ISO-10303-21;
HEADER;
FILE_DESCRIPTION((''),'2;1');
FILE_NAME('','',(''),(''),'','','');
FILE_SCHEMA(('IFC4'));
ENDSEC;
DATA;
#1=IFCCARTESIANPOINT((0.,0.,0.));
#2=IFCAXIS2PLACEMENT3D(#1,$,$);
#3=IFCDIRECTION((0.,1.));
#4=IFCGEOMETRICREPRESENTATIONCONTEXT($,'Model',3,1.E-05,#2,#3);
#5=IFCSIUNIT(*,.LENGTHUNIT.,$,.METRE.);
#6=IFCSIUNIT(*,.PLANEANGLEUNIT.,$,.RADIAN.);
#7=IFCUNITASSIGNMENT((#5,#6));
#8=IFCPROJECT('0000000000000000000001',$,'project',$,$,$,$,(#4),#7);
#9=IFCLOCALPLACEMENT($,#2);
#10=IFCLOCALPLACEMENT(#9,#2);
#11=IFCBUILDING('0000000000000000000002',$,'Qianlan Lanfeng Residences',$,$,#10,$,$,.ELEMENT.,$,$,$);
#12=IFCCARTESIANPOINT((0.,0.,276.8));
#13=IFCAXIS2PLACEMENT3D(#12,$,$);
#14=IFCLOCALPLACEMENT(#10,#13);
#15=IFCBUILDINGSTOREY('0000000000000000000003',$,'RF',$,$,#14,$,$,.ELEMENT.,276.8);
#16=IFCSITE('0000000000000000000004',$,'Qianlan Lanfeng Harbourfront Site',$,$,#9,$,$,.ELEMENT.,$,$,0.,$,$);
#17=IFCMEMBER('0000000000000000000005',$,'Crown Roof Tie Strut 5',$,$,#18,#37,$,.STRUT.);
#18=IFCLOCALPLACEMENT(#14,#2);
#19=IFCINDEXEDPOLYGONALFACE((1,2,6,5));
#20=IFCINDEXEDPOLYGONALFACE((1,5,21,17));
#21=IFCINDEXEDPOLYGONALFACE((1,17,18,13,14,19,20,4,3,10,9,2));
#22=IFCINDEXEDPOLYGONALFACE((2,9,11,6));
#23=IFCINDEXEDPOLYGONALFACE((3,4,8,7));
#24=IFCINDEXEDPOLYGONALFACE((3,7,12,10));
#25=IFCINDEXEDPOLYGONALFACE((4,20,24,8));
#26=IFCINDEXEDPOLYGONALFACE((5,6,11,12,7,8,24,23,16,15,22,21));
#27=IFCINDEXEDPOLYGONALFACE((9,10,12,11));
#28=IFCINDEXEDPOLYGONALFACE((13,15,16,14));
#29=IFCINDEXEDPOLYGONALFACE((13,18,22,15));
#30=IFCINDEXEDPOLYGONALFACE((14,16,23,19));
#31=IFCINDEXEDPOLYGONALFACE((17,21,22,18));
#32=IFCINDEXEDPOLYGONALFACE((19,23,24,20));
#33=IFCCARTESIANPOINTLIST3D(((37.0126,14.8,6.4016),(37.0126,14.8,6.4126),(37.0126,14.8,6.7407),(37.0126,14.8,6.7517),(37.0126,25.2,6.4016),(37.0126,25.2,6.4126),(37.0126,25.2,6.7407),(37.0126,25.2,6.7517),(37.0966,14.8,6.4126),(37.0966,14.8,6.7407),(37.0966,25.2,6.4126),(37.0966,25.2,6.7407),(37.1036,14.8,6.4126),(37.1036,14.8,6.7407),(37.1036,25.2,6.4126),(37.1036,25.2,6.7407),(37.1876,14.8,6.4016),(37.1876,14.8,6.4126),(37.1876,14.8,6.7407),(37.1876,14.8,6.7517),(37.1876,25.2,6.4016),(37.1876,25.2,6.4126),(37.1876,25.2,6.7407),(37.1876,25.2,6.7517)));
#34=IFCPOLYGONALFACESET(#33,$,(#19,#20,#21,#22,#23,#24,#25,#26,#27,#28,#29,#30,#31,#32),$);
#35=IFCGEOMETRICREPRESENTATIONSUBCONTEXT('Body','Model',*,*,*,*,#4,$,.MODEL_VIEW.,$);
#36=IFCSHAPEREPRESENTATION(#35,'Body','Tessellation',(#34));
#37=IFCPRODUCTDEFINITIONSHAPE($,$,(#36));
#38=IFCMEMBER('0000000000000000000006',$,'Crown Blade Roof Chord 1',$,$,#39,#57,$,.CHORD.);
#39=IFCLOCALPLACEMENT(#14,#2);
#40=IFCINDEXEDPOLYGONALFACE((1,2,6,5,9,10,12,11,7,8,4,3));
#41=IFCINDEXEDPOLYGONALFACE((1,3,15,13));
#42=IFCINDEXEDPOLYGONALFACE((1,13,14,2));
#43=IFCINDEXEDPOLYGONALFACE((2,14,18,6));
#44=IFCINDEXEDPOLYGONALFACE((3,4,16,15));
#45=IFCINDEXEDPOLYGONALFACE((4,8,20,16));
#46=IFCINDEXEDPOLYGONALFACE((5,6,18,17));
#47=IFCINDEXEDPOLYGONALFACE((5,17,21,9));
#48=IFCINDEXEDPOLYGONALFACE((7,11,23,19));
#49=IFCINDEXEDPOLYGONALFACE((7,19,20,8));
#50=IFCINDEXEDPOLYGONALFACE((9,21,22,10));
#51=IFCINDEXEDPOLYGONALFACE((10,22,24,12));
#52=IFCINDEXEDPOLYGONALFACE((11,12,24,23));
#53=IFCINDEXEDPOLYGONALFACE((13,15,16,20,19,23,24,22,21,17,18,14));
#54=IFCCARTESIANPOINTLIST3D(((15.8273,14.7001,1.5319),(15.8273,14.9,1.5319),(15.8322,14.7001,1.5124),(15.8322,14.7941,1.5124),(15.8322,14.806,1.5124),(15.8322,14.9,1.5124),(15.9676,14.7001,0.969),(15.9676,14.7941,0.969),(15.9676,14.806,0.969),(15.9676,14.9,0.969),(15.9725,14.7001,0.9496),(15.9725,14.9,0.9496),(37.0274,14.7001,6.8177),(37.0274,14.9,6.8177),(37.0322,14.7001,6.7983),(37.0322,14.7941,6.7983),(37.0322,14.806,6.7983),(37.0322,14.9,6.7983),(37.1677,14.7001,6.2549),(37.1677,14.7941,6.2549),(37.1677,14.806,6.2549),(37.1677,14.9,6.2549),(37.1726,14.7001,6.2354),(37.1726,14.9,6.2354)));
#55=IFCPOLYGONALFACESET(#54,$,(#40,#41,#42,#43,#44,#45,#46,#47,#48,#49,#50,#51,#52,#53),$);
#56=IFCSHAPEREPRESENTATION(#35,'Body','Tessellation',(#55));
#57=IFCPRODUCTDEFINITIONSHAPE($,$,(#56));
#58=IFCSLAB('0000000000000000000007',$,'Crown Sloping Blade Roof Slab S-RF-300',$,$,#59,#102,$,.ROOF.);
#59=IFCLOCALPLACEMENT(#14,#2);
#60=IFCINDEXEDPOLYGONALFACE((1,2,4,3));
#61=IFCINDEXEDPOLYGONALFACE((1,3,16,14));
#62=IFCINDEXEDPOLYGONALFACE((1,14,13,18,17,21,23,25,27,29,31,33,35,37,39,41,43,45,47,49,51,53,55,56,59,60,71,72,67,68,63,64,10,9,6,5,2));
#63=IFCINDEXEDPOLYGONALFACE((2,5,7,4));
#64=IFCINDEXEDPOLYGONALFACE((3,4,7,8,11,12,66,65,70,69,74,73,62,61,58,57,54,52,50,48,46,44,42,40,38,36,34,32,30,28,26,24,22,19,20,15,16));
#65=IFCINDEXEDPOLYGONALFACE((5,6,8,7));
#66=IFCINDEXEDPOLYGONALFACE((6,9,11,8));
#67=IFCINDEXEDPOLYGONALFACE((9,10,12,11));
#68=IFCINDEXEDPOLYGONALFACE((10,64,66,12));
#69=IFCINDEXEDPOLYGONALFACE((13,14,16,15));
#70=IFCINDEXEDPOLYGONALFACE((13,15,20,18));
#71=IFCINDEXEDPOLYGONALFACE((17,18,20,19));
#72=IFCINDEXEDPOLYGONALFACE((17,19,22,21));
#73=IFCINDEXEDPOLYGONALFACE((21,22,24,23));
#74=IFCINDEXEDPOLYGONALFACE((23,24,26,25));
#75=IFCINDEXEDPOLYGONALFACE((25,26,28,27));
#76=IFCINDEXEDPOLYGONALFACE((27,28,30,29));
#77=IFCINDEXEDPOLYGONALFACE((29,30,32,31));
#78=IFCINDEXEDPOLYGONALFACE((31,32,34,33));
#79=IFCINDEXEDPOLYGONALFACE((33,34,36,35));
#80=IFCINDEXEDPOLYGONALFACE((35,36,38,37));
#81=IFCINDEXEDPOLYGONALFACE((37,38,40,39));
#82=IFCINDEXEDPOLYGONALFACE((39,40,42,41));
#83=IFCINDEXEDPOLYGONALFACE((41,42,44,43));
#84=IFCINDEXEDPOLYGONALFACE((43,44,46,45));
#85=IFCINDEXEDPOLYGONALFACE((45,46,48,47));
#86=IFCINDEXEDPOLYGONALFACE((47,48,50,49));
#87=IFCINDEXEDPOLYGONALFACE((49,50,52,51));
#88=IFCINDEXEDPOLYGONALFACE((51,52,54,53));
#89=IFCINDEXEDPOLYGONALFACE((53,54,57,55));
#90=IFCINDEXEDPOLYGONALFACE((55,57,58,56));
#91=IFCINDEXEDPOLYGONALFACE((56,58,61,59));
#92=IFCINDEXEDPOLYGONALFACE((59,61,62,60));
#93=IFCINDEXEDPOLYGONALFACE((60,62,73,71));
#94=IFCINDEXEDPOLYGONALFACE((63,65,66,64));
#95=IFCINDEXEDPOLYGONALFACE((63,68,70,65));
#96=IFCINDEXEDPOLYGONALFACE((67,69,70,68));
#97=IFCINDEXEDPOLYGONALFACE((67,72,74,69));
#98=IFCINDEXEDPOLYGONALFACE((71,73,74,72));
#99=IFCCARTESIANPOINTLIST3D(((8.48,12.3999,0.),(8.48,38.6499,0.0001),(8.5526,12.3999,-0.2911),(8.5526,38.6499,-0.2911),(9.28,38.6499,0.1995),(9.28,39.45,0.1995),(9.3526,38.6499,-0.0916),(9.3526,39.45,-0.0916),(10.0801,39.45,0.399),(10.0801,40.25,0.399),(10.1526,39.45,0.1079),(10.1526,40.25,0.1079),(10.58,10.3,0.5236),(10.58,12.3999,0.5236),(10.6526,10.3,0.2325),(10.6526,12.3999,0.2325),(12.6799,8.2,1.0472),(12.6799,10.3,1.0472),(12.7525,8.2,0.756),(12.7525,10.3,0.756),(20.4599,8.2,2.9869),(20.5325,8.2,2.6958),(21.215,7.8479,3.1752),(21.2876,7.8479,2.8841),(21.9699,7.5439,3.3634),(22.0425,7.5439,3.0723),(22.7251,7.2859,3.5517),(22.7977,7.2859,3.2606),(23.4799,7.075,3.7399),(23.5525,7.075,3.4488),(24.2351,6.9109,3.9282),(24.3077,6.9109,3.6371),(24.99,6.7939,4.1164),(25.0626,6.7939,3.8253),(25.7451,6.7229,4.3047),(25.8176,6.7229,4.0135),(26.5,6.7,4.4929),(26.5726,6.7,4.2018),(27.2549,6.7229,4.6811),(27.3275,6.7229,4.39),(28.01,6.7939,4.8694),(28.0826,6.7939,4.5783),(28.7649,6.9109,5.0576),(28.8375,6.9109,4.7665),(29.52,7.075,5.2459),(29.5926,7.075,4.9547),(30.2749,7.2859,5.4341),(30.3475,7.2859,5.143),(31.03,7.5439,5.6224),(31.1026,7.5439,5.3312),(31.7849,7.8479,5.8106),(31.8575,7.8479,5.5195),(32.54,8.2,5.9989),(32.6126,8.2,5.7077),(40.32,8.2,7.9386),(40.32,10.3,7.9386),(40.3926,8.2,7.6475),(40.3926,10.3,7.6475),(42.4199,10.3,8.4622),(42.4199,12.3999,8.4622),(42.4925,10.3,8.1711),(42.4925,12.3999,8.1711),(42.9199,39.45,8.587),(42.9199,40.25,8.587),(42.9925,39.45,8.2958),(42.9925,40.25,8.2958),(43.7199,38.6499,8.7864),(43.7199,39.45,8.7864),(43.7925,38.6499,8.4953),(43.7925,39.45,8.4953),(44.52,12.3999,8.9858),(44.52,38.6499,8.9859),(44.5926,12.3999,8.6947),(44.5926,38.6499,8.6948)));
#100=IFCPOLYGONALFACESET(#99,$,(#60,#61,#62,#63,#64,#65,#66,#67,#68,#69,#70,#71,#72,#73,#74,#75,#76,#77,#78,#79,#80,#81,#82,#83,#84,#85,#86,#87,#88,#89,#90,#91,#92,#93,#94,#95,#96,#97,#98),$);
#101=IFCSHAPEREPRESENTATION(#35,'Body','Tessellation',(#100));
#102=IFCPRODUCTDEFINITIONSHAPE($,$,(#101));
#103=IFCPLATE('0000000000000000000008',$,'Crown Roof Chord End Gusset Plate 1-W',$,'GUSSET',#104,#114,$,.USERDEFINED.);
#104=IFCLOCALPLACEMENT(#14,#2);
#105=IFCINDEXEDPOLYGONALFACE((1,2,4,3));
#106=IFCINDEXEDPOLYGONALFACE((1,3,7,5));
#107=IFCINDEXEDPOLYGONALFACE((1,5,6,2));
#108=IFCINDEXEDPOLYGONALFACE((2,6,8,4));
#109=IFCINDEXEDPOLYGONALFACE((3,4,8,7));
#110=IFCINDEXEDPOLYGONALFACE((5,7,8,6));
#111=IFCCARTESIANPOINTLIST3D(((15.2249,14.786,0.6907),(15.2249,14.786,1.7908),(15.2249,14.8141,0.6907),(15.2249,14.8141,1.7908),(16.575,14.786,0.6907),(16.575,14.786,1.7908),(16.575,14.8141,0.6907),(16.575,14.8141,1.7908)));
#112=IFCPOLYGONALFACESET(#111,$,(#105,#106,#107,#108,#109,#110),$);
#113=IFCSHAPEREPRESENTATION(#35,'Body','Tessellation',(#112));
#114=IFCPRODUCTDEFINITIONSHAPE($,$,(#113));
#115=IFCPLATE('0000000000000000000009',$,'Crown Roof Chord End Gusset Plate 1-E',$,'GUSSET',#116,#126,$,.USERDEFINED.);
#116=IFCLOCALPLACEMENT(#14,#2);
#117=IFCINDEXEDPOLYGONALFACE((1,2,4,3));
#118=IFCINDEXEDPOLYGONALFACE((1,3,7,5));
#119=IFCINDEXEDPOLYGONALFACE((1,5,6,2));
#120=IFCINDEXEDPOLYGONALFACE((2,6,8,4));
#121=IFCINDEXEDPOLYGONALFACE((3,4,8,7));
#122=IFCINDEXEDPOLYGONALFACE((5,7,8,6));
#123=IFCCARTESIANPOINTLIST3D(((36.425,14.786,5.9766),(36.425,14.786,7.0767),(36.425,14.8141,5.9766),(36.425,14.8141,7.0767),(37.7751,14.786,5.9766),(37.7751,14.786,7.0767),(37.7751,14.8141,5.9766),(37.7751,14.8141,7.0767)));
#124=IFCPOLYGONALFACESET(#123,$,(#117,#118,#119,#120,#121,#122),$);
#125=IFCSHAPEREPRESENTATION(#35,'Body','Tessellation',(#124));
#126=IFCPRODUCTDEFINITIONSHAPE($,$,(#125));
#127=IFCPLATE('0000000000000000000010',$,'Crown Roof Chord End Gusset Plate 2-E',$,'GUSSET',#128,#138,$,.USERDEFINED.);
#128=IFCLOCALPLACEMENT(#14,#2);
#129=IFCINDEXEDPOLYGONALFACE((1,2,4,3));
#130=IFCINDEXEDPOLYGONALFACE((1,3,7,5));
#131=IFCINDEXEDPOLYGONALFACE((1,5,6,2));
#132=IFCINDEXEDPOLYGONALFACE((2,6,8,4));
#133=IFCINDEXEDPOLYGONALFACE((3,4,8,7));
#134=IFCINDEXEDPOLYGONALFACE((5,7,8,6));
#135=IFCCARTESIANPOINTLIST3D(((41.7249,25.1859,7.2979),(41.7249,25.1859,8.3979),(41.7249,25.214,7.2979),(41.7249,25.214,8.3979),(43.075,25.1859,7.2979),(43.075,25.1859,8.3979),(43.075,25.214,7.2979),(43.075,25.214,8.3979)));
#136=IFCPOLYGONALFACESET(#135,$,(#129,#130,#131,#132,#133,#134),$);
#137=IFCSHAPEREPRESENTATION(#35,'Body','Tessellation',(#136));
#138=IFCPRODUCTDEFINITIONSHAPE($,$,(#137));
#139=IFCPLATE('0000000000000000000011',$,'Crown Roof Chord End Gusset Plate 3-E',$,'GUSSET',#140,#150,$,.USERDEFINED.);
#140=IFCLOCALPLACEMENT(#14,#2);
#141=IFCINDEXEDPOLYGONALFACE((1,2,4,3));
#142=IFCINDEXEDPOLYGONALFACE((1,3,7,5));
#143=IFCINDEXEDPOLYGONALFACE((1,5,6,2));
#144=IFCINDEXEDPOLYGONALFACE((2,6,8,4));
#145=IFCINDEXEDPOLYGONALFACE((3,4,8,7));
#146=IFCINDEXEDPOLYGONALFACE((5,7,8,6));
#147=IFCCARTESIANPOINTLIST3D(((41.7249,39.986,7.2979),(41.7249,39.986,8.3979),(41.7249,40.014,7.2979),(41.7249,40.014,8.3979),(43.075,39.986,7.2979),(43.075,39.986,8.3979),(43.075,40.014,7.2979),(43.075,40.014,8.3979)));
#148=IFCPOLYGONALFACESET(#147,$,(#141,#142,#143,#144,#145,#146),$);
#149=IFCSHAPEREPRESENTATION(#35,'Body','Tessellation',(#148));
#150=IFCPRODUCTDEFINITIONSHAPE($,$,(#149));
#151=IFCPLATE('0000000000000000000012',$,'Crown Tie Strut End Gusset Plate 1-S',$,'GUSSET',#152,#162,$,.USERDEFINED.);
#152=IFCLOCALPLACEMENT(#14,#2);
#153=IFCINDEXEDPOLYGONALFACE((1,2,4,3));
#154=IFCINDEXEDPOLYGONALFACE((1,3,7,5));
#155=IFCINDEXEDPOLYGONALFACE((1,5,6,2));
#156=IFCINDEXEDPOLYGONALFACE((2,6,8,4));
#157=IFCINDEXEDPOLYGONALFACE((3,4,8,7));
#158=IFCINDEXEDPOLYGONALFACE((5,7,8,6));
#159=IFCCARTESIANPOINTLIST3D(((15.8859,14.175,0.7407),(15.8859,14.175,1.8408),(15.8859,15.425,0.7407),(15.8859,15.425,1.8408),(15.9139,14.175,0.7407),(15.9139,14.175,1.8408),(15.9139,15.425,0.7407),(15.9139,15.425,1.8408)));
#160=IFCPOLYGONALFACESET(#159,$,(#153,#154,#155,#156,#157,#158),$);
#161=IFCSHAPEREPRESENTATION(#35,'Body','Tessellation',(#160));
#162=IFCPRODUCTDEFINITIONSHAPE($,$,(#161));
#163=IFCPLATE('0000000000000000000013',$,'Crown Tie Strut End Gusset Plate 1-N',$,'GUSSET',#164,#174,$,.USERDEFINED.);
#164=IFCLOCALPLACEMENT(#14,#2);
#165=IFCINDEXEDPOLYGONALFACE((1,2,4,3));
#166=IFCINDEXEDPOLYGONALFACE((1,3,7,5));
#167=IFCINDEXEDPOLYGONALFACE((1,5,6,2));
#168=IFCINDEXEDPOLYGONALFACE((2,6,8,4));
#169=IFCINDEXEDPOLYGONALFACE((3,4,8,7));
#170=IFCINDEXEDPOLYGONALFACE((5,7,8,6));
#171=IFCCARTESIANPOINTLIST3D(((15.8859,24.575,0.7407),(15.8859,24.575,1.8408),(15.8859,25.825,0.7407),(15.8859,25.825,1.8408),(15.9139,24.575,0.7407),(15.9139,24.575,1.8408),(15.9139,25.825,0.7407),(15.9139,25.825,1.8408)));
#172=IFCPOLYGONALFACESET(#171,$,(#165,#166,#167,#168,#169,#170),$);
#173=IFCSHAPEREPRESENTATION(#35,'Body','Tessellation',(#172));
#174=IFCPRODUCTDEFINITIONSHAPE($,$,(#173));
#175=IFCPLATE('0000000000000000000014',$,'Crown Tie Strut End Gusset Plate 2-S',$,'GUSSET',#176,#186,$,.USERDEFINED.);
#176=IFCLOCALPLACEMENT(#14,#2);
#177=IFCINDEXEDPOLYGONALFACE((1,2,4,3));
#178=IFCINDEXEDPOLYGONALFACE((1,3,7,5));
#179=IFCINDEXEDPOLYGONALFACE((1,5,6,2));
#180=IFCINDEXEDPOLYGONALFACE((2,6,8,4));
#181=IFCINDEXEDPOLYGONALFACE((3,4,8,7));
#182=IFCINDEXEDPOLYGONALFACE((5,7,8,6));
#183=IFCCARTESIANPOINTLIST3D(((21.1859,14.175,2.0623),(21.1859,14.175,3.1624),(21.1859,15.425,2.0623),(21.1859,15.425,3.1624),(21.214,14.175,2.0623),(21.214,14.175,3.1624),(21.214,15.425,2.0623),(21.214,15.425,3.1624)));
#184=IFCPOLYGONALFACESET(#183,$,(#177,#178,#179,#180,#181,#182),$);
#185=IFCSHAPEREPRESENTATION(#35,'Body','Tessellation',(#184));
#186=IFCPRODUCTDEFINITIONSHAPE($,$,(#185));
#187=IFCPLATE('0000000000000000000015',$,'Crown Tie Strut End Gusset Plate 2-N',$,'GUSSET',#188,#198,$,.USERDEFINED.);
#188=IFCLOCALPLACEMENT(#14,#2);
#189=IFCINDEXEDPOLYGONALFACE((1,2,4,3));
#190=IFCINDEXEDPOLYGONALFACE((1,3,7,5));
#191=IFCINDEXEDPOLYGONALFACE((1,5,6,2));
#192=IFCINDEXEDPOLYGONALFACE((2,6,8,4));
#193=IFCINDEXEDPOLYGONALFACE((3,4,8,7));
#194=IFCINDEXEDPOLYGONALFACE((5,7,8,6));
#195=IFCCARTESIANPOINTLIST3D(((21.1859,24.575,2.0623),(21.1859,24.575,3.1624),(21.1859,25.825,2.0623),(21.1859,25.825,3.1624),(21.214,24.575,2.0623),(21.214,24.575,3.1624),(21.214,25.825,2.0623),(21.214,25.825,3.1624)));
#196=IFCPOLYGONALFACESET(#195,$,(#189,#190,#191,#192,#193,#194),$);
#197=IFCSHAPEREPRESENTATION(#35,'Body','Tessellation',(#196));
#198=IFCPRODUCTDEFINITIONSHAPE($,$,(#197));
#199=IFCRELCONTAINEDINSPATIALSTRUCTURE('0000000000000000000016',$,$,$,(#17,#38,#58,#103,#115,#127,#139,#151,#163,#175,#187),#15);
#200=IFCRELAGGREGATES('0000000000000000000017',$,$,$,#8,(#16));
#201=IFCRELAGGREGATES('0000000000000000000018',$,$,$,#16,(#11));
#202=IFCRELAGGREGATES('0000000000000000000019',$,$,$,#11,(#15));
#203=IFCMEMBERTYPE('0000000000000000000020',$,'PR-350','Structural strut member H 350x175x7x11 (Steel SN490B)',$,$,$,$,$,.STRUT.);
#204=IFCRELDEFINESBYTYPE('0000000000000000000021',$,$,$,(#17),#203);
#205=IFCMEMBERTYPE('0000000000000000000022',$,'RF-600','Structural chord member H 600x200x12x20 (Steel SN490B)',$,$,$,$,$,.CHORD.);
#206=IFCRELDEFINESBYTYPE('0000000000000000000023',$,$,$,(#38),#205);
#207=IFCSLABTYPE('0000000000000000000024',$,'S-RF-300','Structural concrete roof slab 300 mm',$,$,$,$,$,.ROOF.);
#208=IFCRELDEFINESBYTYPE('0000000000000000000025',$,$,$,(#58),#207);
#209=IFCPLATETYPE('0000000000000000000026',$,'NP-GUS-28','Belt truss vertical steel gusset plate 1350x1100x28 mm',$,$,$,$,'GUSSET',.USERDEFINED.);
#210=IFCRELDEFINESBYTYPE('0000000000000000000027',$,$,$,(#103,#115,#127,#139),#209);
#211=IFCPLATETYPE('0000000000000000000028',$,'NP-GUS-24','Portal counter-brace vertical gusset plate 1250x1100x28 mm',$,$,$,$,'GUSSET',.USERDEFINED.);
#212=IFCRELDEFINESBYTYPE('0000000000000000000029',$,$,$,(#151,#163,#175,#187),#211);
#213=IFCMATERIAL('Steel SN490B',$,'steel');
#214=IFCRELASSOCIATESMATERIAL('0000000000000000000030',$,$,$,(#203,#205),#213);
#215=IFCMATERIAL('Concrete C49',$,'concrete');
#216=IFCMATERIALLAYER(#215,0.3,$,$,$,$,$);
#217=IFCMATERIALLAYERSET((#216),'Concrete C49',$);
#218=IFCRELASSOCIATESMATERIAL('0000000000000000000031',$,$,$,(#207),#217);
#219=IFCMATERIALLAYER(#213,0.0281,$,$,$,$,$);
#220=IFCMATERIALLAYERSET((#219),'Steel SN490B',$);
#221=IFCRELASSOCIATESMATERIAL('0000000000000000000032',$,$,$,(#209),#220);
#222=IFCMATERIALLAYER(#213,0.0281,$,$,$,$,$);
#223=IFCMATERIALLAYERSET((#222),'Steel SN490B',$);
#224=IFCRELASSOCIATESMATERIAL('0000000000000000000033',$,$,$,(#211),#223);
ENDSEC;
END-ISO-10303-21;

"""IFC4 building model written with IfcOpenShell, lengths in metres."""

from ifc_helpers import new_model, si_unit, direction, frame, origin, origin_2d, place, context, subcontext, project, spatial, polyline, rectangle, i_section, outline, extrude, source, transform, mapped, material, layer, layer_set, material_profile, profile_set, type_object, element, save


model = new_model("IFC4")

# Units and contexts
model_context = context("Model", 3, precision=1e-05, world=origin(), true_north=direction((0.0, 1.0)))
body_context = subcontext(model_context, "Body", "Model", "MODEL_VIEW")
ifc_project = project(units=[si_unit("LENGTHUNIT", "METRE"), si_unit("PLANEANGLEUNIT", "RADIAN")], contexts=[model_context])

# Site, building, storey
site_placement = place(None, origin())
site = spatial("IfcSite", under=ifc_project, at=site_placement, Name="Qianlan Lanfeng Harbourfront Site", CompositionType="ELEMENT", RefElevation=0.0)
building_placement = place(site_placement, origin())
building = spatial("IfcBuilding", under=site, at=building_placement, Name="Qianlan Lanfeng Residences", CompositionType="ELEMENT")
storey_placement = place(building_placement, frame((0.0, 0.0, 276.8)))
storey = spatial("IfcBuildingStorey", under=building, at=storey_placement, Name="RF", CompositionType="ELEMENT", Elevation=276.8)

# Shared definitions
ifc_material_1 = material(Name="Steel SN490B", Category="steel")

# Members
ifc_material_profile_1 = material_profile(ifc_material_1, i_section(OverallWidth=0.175, OverallDepth=0.3501, WebThickness=0.0071, FlangeThickness=0.011, at=origin_2d()), Name="H 350x175x7x11")
ifc_profile_set_1 = profile_set([ifc_material_profile_1], Name="Steel SN490B")
member_type_1 = type_object("IfcMemberType", Name="PR-350", Description="Structural strut member H 350x175x7x11 (Steel SN490B)", PredefinedType="STRUT", material=ifc_profile_set_1)
for number, where, z_axis, x_axis, name in (
    (1, (37.1001, 14.8, 6.5767), (0.0, 1.0, 0.0), (-1.0, 0.0, 0.0), "Crown Roof Tie Strut 5"),
):
    element("IfcMember", number, at=place(storey_placement, frame(where, z_axis=z_axis, x_axis=x_axis)), inside=storey, type_object=member_type_1, Name=name, PredefinedType="STRUT", context=body_context, shape_type="SweptSolid", body=[
        extrude(i_section(OverallWidth=0.175, OverallDepth=0.3501, WebThickness=0.0071, FlangeThickness=0.011, at=origin_2d()), origin(), (0.0, 0.0, 1.0), 10.3999),
    ])
ifc_material_profile_2 = material_profile(ifc_material_1, i_section(OverallWidth=0.2, OverallDepth=0.6001, WebThickness=0.012, FlangeThickness=0.02, at=origin_2d()), Name="H 600x200x12x20")
ifc_profile_set_2 = profile_set([ifc_material_profile_2], Name="Steel SN490B")
member_type_2 = type_object("IfcMemberType", Name="RF-600", Description="Structural chord member H 600x200x12x20 (Steel SN490B)", PredefinedType="CHORD", material=ifc_profile_set_2)
member_placement = place(storey_placement, frame((15.8999, 14.8, 1.2407), z_axis=(0.970295, 0.0, 0.241926), x_axis=(0.0, 1.0, 0.0)))
element("IfcMember", 2, at=member_placement, inside=storey, type_object=member_type_2, Name="Crown Blade Roof Chord 1", PredefinedType="CHORD", context=body_context, shape_type="SweptSolid", body=[
    extrude(i_section(OverallWidth=0.2, OverallDepth=0.6001, WebThickness=0.012, FlangeThickness=0.02, at=origin_2d()), origin(), (0.0, 0.0, 1.0), 21.8491),
])

# Slab
ifc_material_2 = material(Name="Concrete C49", Category="concrete")
ifc_layer_1 = layer(ifc_material_2, 0.3)
ifc_layer_set_1 = layer_set([ifc_layer_1], Name="Concrete C49")
slab_type = type_object("IfcSlabType", Name="S-RF-300", Description="Structural concrete roof slab 300 mm", PredefinedType="ROOF", material=ifc_layer_set_1)
slab_placement = place(storey_placement, frame((8.48, 12.3999, 0.0), z_axis=(-0.241923, -0.000003, 0.970295), x_axis=(0.970295, 0.0, 0.241923)))
element("IfcSlab", 3, at=slab_placement, inside=storey, type_object=slab_type, Name="Crown Sloping Blade Roof Slab S-RF-300", PredefinedType="ROOF", context=body_context, shape_type="SweptSolid", body=[
    extrude(outline(polyline([(0.0, 0.0), (2.1643, 0.0), (2.1643, -2.0999), (4.3285, -2.0999), (4.3285, -4.2), (12.3467, -4.2), (13.1249, -4.552), (13.9029, -4.856), (14.6812, -5.114), (15.4592, -5.325), (16.2375, -5.489), (17.0155, -5.606), (17.7936, -5.677), (18.5717, -5.7), (19.3497, -5.677), (20.1279, -5.606), (20.9059, -5.489), (21.6841, -5.325), (22.4621, -5.114), (23.2404, -4.856), (24.0184, -4.552), (24.7966, -4.2), (32.8148, -4.2), (32.8148, -2.0999), (34.979, -2.0999), (34.979, 0.0), (37.1434, 0.0), (37.1434, 26.25), (36.3188, 26.25), (36.3188, 27.05), (35.4943, 27.05), (35.4943, 27.8501), (1.6491, 27.8501), (1.6491, 27.05), (0.8245, 27.05), (0.8245, 26.25), (0.0, 26.25), (0.0, 0.0)])), origin(), (0.0, 0.0, -1.0), 0.3),
])

# Plates
ifc_layer_2 = layer(ifc_material_1, 0.0281)
ifc_layer_set_2 = layer_set([ifc_layer_2], Name="Steel SN490B")
plate_type_1 = type_object("IfcPlateType", Name="NP-GUS-28", Description="Belt truss vertical steel gusset plate 1350x1100x28 mm", ElementType="GUSSET", PredefinedType="USERDEFINED", material=ifc_layer_set_2)
shared_shape_1 = source(origin(), body_context, "Body", "SweptSolid", [
    extrude(rectangle(XDim=1.3501, YDim=0.0281, at=origin_2d()), origin(), (0.0, 0.0, 1.0), 1.1001),
])
for number, where, z_axis, x_axis, name in (
    (4, (15.8999, 14.8, 0.6907), (0.0, 0.0, 1.0), (1.0, 0.0, 0.0), "Crown Roof Chord End Gusset Plate 1-W"),
    (5, (37.1001, 14.8, 5.9766), (0.0, 0.0, 1.0), (1.0, 0.0, 0.0), "Crown Roof Chord End Gusset Plate 1-E"),
    (6, (42.3999, 25.2, 7.2979), (0.0, 0.0, 1.0), (1.0, 0.0, 0.0), "Crown Roof Chord End Gusset Plate 2-E"),
    (7, (42.3999, 40.0, 7.2979), (0.0, 0.0, 1.0), (1.0, 0.0, 0.0), "Crown Roof Chord End Gusset Plate 3-E"),
):
    element("IfcPlate", number, at=place(storey_placement, frame(where, z_axis=z_axis, x_axis=x_axis)), inside=storey, type_object=plate_type_1, Name=name, ObjectType="GUSSET", PredefinedType="USERDEFINED", context=body_context, shape_type="MappedRepresentation", body=[
        mapped(shared_shape_1, transform((0.0, 0.0, 0.0), scale=1.0)),
    ])
ifc_layer_3 = layer(ifc_material_1, 0.0281)
ifc_layer_set_3 = layer_set([ifc_layer_3], Name="Steel SN490B")
plate_type_2 = type_object("IfcPlateType", Name="NP-GUS-24", Description="Portal counter-brace vertical gusset plate 1250x1100x28 mm", ElementType="GUSSET", PredefinedType="USERDEFINED", material=ifc_layer_set_3)
shared_shape_2 = source(origin(), body_context, "Body", "SweptSolid", [
    extrude(rectangle(XDim=0.0281, YDim=1.25, at=origin_2d()), origin(), (0.0, 0.0, 1.0), 1.1001),
])
for number, where, z_axis, x_axis, name in (
    (8, (15.8999, 14.8, 0.7407), (0.0, 0.0, 1.0), (1.0, 0.0, 0.0), "Crown Tie Strut End Gusset Plate 1-S"),
    (9, (15.8999, 25.2, 0.7407), (0.0, 0.0, 1.0), (1.0, 0.0, 0.0), "Crown Tie Strut End Gusset Plate 1-N"),
    (10, (21.2, 14.8, 2.0623), (0.0, 0.0, 1.0), (1.0, 0.0, 0.0), "Crown Tie Strut End Gusset Plate 2-S"),
    (11, (21.2, 25.2, 2.0623), (0.0, 0.0, 1.0), (1.0, 0.0, 0.0), "Crown Tie Strut End Gusset Plate 2-N"),
):
    element("IfcPlate", number, at=place(storey_placement, frame(where, z_axis=z_axis, x_axis=x_axis)), inside=storey, type_object=plate_type_2, Name=name, ObjectType="GUSSET", PredefinedType="USERDEFINED", context=body_context, shape_type="MappedRepresentation", body=[
        mapped(shared_shape_2, transform((0.0, 0.0, 0.0), scale=1.0)),
    ])

save(model, "model.ifc")
